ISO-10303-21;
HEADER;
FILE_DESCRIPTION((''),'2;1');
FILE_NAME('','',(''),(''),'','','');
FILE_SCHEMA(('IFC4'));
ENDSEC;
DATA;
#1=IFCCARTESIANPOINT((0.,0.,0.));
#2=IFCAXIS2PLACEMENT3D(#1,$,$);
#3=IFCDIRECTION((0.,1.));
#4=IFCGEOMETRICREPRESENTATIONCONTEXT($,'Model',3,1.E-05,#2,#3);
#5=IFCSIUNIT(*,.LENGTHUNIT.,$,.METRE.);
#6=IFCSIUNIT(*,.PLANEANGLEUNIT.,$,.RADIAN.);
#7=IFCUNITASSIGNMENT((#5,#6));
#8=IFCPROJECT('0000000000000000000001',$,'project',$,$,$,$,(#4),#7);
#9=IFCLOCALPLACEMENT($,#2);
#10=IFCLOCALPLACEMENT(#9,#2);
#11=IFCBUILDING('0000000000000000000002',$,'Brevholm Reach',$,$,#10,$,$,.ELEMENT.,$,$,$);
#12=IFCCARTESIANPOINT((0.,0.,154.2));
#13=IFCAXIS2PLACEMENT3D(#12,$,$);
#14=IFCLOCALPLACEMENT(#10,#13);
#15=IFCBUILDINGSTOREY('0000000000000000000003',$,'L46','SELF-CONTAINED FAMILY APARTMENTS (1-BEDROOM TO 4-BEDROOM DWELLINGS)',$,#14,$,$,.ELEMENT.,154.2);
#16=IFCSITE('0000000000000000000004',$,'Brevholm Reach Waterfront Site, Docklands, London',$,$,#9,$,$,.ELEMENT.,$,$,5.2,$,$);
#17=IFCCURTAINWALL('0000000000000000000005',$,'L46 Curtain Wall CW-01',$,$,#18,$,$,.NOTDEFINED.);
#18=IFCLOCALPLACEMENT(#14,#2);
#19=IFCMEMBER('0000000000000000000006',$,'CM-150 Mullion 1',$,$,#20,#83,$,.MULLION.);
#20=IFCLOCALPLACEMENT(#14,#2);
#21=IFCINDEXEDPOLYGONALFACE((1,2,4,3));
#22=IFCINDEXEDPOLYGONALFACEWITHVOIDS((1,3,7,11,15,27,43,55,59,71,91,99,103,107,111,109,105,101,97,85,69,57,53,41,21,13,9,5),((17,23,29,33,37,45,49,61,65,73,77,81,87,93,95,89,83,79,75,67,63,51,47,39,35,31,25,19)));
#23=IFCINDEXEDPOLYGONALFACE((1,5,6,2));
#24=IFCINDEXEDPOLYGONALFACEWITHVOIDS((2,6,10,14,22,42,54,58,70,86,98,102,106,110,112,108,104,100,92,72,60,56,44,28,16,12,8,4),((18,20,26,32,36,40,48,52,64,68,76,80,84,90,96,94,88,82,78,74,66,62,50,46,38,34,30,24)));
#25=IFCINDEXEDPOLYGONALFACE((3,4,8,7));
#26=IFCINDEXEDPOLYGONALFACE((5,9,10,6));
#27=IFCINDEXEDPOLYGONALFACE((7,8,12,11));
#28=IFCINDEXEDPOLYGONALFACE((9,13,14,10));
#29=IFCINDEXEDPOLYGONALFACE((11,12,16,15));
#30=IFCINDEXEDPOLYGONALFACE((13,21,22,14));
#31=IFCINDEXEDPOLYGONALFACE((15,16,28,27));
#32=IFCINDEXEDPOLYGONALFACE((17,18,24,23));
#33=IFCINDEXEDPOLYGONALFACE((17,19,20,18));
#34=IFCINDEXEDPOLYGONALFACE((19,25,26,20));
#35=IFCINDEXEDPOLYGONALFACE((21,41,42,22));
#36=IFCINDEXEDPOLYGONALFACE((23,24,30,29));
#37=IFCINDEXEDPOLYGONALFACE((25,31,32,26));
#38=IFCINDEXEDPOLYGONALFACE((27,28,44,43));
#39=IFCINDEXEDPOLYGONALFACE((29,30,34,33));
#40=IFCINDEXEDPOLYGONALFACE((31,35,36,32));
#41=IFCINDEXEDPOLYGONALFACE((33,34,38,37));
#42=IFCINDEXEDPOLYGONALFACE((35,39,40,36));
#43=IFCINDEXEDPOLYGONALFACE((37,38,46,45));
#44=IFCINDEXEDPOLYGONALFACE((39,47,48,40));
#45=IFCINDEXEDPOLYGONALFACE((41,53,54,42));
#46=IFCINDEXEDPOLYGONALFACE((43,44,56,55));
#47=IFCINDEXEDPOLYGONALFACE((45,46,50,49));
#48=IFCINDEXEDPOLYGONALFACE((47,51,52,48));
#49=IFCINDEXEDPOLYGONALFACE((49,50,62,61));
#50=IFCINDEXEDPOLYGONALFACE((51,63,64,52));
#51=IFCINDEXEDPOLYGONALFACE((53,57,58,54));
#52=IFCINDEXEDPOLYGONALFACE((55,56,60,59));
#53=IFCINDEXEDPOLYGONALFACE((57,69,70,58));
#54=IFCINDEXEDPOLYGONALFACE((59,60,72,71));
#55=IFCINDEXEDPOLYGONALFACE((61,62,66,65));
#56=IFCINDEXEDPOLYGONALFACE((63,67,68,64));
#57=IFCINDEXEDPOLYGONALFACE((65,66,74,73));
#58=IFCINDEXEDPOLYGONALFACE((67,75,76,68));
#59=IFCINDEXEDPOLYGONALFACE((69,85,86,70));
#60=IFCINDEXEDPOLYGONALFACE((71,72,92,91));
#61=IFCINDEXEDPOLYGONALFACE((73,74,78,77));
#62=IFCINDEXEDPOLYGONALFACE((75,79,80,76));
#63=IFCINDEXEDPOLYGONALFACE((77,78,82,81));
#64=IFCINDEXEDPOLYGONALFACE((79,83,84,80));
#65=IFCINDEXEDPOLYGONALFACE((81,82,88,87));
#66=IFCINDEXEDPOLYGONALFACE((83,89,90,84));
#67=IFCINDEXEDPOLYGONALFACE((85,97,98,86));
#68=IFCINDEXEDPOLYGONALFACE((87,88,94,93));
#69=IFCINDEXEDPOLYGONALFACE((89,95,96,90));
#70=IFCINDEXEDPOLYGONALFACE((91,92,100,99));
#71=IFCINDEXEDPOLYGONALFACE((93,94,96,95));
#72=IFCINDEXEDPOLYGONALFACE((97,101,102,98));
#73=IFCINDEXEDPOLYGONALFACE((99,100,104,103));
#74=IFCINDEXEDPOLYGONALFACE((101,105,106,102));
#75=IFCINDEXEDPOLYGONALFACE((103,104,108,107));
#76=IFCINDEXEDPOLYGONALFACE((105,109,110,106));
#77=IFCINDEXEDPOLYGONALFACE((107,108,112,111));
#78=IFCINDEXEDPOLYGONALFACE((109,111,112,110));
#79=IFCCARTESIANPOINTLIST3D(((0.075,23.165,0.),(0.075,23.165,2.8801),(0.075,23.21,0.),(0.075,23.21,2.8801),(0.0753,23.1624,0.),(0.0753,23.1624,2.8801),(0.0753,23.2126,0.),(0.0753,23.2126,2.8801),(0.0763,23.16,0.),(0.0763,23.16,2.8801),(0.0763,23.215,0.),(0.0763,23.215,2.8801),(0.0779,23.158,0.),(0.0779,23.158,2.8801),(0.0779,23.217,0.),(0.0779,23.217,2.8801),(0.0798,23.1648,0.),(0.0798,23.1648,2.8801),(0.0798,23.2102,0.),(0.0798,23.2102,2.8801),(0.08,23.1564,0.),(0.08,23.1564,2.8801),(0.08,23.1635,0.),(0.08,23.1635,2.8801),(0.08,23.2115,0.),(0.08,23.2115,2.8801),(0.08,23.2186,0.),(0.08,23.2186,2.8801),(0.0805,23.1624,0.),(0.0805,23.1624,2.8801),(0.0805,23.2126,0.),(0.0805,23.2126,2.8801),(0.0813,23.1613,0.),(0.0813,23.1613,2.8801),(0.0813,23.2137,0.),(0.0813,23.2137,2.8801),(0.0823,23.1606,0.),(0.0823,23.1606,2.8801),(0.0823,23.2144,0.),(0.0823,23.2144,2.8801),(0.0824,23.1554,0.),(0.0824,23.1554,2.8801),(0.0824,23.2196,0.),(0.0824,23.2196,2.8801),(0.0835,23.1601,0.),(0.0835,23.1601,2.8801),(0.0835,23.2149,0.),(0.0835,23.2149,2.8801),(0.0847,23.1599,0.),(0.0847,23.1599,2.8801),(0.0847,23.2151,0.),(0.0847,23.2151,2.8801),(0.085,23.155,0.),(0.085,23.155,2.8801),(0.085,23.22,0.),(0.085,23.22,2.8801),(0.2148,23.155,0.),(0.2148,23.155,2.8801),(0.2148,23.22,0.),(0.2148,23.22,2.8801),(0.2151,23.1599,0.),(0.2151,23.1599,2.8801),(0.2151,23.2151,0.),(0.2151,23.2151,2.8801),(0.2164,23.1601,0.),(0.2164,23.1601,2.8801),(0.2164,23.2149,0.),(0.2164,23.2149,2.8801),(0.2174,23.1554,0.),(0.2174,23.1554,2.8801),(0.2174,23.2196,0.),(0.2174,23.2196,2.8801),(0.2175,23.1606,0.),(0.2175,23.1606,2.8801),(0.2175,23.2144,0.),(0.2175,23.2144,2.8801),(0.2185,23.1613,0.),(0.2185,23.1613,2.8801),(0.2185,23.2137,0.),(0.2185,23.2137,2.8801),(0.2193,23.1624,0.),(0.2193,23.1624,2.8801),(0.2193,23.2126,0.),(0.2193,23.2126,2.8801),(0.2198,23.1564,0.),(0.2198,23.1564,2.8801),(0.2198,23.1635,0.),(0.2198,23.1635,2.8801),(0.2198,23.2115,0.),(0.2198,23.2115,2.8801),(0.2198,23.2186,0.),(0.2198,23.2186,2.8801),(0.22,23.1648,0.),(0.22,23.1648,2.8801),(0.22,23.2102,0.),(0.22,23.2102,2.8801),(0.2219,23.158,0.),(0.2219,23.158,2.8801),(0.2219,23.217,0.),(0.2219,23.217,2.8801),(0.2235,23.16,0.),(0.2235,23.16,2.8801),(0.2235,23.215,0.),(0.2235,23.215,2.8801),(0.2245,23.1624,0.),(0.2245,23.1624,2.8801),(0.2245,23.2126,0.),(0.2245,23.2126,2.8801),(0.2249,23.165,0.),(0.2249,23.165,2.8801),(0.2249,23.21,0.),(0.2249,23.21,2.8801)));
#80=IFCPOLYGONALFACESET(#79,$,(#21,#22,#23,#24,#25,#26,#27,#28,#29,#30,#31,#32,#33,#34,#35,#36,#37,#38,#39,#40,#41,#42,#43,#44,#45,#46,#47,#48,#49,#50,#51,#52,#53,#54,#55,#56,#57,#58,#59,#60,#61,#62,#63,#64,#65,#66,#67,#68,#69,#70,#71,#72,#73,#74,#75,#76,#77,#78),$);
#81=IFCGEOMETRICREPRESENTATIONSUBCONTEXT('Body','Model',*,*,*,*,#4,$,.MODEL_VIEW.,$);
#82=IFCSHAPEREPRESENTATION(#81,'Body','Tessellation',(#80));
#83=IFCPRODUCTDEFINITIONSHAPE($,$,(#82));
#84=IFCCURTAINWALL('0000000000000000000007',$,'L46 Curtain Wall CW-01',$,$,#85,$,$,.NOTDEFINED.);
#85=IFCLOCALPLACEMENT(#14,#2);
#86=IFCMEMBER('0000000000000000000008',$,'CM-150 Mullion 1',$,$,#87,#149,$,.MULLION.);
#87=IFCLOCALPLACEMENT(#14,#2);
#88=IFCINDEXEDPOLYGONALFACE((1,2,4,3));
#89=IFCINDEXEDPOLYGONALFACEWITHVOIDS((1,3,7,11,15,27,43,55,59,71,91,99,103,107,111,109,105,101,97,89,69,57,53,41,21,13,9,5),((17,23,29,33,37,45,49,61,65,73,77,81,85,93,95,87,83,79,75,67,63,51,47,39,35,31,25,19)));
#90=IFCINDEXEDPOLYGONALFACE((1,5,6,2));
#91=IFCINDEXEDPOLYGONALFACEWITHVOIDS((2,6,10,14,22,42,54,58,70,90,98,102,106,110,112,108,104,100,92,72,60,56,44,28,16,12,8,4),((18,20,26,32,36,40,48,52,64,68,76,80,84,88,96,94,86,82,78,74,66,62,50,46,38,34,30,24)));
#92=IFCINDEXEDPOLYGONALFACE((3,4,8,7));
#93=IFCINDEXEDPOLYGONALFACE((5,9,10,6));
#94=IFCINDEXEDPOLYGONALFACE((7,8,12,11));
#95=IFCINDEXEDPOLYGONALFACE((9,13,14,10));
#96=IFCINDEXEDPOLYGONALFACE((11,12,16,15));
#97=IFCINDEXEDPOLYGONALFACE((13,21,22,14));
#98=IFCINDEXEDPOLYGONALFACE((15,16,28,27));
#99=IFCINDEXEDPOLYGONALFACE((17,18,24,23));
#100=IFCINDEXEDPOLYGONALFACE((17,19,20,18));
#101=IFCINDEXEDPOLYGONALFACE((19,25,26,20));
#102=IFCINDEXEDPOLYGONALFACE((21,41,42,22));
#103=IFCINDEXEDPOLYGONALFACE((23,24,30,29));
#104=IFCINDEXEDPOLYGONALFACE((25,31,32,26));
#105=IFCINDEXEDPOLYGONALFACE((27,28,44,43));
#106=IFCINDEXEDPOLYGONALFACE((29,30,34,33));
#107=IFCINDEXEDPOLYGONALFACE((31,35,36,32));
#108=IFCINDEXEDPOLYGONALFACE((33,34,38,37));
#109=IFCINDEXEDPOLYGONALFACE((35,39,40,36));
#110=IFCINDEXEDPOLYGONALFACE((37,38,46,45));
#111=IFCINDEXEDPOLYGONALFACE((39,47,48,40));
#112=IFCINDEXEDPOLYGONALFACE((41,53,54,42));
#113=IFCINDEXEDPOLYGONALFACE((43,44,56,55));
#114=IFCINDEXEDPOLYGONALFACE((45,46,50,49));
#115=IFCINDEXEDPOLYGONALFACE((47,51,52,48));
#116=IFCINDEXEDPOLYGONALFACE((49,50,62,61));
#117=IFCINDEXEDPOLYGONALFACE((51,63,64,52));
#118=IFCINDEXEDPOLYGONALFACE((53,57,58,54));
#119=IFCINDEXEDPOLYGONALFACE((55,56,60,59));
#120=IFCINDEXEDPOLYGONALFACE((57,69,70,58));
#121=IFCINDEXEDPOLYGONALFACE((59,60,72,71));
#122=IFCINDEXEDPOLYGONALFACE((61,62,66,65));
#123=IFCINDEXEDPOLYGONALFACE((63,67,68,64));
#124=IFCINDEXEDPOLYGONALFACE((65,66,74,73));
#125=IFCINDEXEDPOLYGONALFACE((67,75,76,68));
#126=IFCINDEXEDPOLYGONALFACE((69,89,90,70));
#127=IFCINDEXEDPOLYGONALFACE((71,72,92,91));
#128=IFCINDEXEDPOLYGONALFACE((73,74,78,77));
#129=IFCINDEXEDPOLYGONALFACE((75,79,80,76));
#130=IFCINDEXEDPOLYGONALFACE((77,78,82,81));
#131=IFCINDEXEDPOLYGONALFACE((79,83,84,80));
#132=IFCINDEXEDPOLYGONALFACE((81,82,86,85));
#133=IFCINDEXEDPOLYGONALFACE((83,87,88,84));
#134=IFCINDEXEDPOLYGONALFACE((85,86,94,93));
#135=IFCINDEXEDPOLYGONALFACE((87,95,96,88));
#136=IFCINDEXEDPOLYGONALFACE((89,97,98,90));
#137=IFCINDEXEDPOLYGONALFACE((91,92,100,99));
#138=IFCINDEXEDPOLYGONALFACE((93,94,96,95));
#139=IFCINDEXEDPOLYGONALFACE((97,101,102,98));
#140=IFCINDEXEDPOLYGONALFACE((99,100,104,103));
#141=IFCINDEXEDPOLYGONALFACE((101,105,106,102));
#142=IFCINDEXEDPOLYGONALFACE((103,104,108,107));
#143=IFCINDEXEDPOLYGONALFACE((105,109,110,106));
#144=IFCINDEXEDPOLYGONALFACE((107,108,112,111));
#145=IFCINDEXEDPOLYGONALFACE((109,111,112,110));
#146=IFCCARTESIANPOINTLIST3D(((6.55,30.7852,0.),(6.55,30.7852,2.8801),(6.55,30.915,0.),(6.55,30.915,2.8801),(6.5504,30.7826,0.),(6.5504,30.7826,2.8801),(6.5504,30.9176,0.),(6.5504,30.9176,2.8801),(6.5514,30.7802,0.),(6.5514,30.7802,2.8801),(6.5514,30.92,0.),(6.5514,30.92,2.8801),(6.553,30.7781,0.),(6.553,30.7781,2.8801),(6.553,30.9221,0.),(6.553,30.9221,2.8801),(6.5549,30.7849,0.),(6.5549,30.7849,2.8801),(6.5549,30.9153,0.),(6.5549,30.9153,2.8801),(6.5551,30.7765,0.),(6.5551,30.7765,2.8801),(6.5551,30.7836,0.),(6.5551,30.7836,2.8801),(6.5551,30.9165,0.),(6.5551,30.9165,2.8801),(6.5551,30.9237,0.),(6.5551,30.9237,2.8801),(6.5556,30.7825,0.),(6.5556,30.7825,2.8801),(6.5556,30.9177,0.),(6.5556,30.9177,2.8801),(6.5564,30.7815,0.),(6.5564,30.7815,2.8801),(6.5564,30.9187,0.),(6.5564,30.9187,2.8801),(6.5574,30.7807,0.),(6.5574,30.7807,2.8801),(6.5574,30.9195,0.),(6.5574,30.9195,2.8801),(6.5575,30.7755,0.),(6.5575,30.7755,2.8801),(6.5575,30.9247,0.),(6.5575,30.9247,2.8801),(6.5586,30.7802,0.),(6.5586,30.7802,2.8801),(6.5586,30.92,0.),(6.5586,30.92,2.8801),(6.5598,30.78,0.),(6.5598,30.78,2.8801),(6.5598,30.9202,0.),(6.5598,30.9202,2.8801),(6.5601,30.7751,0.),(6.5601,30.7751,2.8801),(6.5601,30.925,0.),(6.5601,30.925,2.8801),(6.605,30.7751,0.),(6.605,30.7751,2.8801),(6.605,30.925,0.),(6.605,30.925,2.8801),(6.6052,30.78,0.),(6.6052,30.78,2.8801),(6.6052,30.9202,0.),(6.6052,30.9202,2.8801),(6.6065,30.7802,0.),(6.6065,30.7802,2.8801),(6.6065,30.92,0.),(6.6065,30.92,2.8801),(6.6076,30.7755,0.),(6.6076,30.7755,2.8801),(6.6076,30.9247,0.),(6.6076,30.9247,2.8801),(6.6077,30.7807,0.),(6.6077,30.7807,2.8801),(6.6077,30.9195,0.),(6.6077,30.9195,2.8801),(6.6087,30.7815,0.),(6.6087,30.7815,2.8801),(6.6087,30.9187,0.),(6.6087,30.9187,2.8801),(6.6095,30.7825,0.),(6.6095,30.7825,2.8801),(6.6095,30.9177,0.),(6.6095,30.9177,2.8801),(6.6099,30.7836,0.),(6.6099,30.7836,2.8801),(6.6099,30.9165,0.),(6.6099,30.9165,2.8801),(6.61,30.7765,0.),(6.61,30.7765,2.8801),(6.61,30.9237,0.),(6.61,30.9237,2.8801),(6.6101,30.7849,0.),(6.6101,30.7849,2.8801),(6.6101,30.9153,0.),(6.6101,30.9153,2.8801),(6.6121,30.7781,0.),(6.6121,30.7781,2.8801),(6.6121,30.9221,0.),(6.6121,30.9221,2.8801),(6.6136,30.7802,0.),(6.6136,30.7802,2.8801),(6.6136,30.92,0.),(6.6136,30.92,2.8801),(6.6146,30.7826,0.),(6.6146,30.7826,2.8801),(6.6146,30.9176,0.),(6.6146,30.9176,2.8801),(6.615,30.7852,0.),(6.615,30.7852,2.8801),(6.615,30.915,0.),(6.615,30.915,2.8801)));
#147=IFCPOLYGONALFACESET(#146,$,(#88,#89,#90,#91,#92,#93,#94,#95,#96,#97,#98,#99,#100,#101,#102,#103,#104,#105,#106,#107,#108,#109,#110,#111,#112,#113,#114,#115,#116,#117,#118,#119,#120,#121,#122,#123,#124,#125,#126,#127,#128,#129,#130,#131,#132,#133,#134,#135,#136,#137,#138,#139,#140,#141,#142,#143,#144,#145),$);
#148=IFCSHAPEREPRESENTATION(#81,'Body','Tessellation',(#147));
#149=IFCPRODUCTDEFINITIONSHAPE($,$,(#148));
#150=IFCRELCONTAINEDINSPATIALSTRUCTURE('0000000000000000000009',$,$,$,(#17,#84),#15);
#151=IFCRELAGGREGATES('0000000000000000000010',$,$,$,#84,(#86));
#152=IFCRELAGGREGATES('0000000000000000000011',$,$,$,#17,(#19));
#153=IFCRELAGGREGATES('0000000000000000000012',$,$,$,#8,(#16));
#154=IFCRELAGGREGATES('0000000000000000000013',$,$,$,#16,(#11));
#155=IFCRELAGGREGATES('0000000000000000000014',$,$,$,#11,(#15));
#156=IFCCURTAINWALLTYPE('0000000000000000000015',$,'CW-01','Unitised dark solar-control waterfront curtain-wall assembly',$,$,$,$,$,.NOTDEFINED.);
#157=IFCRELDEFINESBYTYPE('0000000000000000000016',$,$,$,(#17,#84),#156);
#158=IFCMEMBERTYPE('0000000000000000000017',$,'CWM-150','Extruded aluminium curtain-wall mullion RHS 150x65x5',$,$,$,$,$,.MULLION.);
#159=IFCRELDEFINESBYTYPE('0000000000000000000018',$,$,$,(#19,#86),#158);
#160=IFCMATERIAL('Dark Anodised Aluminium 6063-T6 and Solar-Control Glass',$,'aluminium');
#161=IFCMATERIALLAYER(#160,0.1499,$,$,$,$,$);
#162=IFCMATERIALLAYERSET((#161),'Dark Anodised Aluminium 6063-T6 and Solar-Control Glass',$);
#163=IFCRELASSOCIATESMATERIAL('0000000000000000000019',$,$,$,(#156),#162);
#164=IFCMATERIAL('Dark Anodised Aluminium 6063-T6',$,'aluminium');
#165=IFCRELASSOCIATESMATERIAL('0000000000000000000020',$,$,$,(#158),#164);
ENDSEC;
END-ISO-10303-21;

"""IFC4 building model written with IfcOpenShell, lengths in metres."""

from ifc_helpers import new_model, si_unit, direction, frame, origin, origin_2d, place, context, subcontext, project, spatial, hollow_rectangle, extrude, material, layer, layer_set, material_profile, profile_set, type_object, element, aggregate, save


model = new_model("IFC4")

# Units and contexts
model_context = context("Model", 3, precision=1e-05, world=origin(), true_north=direction((0.0, 1.0)))
body_context = subcontext(model_context, "Body", "Model", "MODEL_VIEW")
ifc_project = project(units=[si_unit("LENGTHUNIT", "METRE"), si_unit("PLANEANGLEUNIT", "RADIAN")], contexts=[model_context])

# Site, building, storey
site_placement = place(None, origin())
site = spatial("IfcSite", under=ifc_project, at=site_placement, Name="Brevholm Reach Waterfront Site, Docklands, London", CompositionType="ELEMENT", RefElevation=5.2)
building_placement = place(site_placement, origin())
building = spatial("IfcBuilding", under=site, at=building_placement, Name="Brevholm Reach", CompositionType="ELEMENT")
storey_placement = place(building_placement, frame((0.0, 0.0, 154.2)))
storey = spatial("IfcBuildingStorey", under=building, at=storey_placement, Name="L46", Description="SELF-CONTAINED FAMILY APARTMENTS (1-BEDROOM TO 4-BEDROOM DWELLINGS)", CompositionType="ELEMENT", Elevation=154.2)

# Curtain walls, members
ifc_material_1 = material(Name="Dark Anodised Aluminium 6063-T6 and Solar-Control Glass", Category="aluminium")
ifc_layer_1 = layer(ifc_material_1, 0.1499)
ifc_layer_set_1 = layer_set([ifc_layer_1], Name="Dark Anodised Aluminium 6063-T6 and Solar-Control Glass")
curtain_wall_type = type_object("IfcCurtainWallType", Name="CW-01", Description="Unitised dark solar-control waterfront curtain-wall assembly", PredefinedType="NOTDEFINED", material=ifc_layer_set_1)
curtain_wall_1_placement = place(storey_placement, origin())
curtain_wall_1 = element("IfcCurtainWall", 1, at=curtain_wall_1_placement, inside=storey, type_object=curtain_wall_type, Name="L46 Curtain Wall CW-01", PredefinedType="NOTDEFINED")
ifc_material_2 = material(Name="Dark Anodised Aluminium 6063-T6", Category="aluminium")
ifc_material_profile_1 = material_profile(ifc_material_2, hollow_rectangle(XDim=0.0649, YDim=0.1499, WallThickness=0.0049, InnerFilletRadius=0.0049, OuterFilletRadius=0.01, at=origin_2d()), Name="RHS 150x65x5")
ifc_profile_set_1 = profile_set([ifc_material_profile_1], Name="Dark Anodised Aluminium 6063-T6")
member_type_1 = type_object("IfcMemberType", Name="CWM-150", Description="Extruded aluminium curtain-wall mullion RHS 150x65x5", PredefinedType="MULLION", material=ifc_profile_set_1)
member_1_placement = place(storey_placement, frame((0.1499, 23.1875, 0.0), z_axis=(0.0, 0.0, 1.0), x_axis=(0.0, -1.0, 0.0)))
member_1 = element("IfcMember", 2, at=member_1_placement, type_object=member_type_1, Name="CM-150 Mullion 1", PredefinedType="MULLION", context=body_context, shape_type="SweptSolid", body=[
    extrude(hollow_rectangle(XDim=0.0649, YDim=0.1499, WallThickness=0.0049, InnerFilletRadius=0.0049, OuterFilletRadius=0.01, at=origin_2d()), origin(), (0.0, 0.0, 1.0), 2.8801),
])
curtain_wall_2_placement = place(storey_placement, origin())
curtain_wall_2 = element("IfcCurtainWall", 3, at=curtain_wall_2_placement, inside=storey, type_object=curtain_wall_type, Name="L46 Curtain Wall CW-01", PredefinedType="NOTDEFINED")
member_2_placement = place(storey_placement, frame((6.5825, 30.8501, 0.0), z_axis=(0.0, 0.0, 1.0), x_axis=(1.0, 0.0, 0.0)))
member_2 = element("IfcMember", 4, at=member_2_placement, type_object=member_type_1, Name="CM-150 Mullion 1", PredefinedType="MULLION", context=body_context, shape_type="SweptSolid", body=[
    extrude(hollow_rectangle(XDim=0.0649, YDim=0.1499, WallThickness=0.0049, InnerFilletRadius=0.0049, OuterFilletRadius=0.01, at=origin_2d()), origin(), (0.0, 0.0, 1.0), 2.8801),
])
aggregate(curtain_wall_2, [member_2])

aggregate(curtain_wall_1, [member_1])

save(model, "model.ifc")
